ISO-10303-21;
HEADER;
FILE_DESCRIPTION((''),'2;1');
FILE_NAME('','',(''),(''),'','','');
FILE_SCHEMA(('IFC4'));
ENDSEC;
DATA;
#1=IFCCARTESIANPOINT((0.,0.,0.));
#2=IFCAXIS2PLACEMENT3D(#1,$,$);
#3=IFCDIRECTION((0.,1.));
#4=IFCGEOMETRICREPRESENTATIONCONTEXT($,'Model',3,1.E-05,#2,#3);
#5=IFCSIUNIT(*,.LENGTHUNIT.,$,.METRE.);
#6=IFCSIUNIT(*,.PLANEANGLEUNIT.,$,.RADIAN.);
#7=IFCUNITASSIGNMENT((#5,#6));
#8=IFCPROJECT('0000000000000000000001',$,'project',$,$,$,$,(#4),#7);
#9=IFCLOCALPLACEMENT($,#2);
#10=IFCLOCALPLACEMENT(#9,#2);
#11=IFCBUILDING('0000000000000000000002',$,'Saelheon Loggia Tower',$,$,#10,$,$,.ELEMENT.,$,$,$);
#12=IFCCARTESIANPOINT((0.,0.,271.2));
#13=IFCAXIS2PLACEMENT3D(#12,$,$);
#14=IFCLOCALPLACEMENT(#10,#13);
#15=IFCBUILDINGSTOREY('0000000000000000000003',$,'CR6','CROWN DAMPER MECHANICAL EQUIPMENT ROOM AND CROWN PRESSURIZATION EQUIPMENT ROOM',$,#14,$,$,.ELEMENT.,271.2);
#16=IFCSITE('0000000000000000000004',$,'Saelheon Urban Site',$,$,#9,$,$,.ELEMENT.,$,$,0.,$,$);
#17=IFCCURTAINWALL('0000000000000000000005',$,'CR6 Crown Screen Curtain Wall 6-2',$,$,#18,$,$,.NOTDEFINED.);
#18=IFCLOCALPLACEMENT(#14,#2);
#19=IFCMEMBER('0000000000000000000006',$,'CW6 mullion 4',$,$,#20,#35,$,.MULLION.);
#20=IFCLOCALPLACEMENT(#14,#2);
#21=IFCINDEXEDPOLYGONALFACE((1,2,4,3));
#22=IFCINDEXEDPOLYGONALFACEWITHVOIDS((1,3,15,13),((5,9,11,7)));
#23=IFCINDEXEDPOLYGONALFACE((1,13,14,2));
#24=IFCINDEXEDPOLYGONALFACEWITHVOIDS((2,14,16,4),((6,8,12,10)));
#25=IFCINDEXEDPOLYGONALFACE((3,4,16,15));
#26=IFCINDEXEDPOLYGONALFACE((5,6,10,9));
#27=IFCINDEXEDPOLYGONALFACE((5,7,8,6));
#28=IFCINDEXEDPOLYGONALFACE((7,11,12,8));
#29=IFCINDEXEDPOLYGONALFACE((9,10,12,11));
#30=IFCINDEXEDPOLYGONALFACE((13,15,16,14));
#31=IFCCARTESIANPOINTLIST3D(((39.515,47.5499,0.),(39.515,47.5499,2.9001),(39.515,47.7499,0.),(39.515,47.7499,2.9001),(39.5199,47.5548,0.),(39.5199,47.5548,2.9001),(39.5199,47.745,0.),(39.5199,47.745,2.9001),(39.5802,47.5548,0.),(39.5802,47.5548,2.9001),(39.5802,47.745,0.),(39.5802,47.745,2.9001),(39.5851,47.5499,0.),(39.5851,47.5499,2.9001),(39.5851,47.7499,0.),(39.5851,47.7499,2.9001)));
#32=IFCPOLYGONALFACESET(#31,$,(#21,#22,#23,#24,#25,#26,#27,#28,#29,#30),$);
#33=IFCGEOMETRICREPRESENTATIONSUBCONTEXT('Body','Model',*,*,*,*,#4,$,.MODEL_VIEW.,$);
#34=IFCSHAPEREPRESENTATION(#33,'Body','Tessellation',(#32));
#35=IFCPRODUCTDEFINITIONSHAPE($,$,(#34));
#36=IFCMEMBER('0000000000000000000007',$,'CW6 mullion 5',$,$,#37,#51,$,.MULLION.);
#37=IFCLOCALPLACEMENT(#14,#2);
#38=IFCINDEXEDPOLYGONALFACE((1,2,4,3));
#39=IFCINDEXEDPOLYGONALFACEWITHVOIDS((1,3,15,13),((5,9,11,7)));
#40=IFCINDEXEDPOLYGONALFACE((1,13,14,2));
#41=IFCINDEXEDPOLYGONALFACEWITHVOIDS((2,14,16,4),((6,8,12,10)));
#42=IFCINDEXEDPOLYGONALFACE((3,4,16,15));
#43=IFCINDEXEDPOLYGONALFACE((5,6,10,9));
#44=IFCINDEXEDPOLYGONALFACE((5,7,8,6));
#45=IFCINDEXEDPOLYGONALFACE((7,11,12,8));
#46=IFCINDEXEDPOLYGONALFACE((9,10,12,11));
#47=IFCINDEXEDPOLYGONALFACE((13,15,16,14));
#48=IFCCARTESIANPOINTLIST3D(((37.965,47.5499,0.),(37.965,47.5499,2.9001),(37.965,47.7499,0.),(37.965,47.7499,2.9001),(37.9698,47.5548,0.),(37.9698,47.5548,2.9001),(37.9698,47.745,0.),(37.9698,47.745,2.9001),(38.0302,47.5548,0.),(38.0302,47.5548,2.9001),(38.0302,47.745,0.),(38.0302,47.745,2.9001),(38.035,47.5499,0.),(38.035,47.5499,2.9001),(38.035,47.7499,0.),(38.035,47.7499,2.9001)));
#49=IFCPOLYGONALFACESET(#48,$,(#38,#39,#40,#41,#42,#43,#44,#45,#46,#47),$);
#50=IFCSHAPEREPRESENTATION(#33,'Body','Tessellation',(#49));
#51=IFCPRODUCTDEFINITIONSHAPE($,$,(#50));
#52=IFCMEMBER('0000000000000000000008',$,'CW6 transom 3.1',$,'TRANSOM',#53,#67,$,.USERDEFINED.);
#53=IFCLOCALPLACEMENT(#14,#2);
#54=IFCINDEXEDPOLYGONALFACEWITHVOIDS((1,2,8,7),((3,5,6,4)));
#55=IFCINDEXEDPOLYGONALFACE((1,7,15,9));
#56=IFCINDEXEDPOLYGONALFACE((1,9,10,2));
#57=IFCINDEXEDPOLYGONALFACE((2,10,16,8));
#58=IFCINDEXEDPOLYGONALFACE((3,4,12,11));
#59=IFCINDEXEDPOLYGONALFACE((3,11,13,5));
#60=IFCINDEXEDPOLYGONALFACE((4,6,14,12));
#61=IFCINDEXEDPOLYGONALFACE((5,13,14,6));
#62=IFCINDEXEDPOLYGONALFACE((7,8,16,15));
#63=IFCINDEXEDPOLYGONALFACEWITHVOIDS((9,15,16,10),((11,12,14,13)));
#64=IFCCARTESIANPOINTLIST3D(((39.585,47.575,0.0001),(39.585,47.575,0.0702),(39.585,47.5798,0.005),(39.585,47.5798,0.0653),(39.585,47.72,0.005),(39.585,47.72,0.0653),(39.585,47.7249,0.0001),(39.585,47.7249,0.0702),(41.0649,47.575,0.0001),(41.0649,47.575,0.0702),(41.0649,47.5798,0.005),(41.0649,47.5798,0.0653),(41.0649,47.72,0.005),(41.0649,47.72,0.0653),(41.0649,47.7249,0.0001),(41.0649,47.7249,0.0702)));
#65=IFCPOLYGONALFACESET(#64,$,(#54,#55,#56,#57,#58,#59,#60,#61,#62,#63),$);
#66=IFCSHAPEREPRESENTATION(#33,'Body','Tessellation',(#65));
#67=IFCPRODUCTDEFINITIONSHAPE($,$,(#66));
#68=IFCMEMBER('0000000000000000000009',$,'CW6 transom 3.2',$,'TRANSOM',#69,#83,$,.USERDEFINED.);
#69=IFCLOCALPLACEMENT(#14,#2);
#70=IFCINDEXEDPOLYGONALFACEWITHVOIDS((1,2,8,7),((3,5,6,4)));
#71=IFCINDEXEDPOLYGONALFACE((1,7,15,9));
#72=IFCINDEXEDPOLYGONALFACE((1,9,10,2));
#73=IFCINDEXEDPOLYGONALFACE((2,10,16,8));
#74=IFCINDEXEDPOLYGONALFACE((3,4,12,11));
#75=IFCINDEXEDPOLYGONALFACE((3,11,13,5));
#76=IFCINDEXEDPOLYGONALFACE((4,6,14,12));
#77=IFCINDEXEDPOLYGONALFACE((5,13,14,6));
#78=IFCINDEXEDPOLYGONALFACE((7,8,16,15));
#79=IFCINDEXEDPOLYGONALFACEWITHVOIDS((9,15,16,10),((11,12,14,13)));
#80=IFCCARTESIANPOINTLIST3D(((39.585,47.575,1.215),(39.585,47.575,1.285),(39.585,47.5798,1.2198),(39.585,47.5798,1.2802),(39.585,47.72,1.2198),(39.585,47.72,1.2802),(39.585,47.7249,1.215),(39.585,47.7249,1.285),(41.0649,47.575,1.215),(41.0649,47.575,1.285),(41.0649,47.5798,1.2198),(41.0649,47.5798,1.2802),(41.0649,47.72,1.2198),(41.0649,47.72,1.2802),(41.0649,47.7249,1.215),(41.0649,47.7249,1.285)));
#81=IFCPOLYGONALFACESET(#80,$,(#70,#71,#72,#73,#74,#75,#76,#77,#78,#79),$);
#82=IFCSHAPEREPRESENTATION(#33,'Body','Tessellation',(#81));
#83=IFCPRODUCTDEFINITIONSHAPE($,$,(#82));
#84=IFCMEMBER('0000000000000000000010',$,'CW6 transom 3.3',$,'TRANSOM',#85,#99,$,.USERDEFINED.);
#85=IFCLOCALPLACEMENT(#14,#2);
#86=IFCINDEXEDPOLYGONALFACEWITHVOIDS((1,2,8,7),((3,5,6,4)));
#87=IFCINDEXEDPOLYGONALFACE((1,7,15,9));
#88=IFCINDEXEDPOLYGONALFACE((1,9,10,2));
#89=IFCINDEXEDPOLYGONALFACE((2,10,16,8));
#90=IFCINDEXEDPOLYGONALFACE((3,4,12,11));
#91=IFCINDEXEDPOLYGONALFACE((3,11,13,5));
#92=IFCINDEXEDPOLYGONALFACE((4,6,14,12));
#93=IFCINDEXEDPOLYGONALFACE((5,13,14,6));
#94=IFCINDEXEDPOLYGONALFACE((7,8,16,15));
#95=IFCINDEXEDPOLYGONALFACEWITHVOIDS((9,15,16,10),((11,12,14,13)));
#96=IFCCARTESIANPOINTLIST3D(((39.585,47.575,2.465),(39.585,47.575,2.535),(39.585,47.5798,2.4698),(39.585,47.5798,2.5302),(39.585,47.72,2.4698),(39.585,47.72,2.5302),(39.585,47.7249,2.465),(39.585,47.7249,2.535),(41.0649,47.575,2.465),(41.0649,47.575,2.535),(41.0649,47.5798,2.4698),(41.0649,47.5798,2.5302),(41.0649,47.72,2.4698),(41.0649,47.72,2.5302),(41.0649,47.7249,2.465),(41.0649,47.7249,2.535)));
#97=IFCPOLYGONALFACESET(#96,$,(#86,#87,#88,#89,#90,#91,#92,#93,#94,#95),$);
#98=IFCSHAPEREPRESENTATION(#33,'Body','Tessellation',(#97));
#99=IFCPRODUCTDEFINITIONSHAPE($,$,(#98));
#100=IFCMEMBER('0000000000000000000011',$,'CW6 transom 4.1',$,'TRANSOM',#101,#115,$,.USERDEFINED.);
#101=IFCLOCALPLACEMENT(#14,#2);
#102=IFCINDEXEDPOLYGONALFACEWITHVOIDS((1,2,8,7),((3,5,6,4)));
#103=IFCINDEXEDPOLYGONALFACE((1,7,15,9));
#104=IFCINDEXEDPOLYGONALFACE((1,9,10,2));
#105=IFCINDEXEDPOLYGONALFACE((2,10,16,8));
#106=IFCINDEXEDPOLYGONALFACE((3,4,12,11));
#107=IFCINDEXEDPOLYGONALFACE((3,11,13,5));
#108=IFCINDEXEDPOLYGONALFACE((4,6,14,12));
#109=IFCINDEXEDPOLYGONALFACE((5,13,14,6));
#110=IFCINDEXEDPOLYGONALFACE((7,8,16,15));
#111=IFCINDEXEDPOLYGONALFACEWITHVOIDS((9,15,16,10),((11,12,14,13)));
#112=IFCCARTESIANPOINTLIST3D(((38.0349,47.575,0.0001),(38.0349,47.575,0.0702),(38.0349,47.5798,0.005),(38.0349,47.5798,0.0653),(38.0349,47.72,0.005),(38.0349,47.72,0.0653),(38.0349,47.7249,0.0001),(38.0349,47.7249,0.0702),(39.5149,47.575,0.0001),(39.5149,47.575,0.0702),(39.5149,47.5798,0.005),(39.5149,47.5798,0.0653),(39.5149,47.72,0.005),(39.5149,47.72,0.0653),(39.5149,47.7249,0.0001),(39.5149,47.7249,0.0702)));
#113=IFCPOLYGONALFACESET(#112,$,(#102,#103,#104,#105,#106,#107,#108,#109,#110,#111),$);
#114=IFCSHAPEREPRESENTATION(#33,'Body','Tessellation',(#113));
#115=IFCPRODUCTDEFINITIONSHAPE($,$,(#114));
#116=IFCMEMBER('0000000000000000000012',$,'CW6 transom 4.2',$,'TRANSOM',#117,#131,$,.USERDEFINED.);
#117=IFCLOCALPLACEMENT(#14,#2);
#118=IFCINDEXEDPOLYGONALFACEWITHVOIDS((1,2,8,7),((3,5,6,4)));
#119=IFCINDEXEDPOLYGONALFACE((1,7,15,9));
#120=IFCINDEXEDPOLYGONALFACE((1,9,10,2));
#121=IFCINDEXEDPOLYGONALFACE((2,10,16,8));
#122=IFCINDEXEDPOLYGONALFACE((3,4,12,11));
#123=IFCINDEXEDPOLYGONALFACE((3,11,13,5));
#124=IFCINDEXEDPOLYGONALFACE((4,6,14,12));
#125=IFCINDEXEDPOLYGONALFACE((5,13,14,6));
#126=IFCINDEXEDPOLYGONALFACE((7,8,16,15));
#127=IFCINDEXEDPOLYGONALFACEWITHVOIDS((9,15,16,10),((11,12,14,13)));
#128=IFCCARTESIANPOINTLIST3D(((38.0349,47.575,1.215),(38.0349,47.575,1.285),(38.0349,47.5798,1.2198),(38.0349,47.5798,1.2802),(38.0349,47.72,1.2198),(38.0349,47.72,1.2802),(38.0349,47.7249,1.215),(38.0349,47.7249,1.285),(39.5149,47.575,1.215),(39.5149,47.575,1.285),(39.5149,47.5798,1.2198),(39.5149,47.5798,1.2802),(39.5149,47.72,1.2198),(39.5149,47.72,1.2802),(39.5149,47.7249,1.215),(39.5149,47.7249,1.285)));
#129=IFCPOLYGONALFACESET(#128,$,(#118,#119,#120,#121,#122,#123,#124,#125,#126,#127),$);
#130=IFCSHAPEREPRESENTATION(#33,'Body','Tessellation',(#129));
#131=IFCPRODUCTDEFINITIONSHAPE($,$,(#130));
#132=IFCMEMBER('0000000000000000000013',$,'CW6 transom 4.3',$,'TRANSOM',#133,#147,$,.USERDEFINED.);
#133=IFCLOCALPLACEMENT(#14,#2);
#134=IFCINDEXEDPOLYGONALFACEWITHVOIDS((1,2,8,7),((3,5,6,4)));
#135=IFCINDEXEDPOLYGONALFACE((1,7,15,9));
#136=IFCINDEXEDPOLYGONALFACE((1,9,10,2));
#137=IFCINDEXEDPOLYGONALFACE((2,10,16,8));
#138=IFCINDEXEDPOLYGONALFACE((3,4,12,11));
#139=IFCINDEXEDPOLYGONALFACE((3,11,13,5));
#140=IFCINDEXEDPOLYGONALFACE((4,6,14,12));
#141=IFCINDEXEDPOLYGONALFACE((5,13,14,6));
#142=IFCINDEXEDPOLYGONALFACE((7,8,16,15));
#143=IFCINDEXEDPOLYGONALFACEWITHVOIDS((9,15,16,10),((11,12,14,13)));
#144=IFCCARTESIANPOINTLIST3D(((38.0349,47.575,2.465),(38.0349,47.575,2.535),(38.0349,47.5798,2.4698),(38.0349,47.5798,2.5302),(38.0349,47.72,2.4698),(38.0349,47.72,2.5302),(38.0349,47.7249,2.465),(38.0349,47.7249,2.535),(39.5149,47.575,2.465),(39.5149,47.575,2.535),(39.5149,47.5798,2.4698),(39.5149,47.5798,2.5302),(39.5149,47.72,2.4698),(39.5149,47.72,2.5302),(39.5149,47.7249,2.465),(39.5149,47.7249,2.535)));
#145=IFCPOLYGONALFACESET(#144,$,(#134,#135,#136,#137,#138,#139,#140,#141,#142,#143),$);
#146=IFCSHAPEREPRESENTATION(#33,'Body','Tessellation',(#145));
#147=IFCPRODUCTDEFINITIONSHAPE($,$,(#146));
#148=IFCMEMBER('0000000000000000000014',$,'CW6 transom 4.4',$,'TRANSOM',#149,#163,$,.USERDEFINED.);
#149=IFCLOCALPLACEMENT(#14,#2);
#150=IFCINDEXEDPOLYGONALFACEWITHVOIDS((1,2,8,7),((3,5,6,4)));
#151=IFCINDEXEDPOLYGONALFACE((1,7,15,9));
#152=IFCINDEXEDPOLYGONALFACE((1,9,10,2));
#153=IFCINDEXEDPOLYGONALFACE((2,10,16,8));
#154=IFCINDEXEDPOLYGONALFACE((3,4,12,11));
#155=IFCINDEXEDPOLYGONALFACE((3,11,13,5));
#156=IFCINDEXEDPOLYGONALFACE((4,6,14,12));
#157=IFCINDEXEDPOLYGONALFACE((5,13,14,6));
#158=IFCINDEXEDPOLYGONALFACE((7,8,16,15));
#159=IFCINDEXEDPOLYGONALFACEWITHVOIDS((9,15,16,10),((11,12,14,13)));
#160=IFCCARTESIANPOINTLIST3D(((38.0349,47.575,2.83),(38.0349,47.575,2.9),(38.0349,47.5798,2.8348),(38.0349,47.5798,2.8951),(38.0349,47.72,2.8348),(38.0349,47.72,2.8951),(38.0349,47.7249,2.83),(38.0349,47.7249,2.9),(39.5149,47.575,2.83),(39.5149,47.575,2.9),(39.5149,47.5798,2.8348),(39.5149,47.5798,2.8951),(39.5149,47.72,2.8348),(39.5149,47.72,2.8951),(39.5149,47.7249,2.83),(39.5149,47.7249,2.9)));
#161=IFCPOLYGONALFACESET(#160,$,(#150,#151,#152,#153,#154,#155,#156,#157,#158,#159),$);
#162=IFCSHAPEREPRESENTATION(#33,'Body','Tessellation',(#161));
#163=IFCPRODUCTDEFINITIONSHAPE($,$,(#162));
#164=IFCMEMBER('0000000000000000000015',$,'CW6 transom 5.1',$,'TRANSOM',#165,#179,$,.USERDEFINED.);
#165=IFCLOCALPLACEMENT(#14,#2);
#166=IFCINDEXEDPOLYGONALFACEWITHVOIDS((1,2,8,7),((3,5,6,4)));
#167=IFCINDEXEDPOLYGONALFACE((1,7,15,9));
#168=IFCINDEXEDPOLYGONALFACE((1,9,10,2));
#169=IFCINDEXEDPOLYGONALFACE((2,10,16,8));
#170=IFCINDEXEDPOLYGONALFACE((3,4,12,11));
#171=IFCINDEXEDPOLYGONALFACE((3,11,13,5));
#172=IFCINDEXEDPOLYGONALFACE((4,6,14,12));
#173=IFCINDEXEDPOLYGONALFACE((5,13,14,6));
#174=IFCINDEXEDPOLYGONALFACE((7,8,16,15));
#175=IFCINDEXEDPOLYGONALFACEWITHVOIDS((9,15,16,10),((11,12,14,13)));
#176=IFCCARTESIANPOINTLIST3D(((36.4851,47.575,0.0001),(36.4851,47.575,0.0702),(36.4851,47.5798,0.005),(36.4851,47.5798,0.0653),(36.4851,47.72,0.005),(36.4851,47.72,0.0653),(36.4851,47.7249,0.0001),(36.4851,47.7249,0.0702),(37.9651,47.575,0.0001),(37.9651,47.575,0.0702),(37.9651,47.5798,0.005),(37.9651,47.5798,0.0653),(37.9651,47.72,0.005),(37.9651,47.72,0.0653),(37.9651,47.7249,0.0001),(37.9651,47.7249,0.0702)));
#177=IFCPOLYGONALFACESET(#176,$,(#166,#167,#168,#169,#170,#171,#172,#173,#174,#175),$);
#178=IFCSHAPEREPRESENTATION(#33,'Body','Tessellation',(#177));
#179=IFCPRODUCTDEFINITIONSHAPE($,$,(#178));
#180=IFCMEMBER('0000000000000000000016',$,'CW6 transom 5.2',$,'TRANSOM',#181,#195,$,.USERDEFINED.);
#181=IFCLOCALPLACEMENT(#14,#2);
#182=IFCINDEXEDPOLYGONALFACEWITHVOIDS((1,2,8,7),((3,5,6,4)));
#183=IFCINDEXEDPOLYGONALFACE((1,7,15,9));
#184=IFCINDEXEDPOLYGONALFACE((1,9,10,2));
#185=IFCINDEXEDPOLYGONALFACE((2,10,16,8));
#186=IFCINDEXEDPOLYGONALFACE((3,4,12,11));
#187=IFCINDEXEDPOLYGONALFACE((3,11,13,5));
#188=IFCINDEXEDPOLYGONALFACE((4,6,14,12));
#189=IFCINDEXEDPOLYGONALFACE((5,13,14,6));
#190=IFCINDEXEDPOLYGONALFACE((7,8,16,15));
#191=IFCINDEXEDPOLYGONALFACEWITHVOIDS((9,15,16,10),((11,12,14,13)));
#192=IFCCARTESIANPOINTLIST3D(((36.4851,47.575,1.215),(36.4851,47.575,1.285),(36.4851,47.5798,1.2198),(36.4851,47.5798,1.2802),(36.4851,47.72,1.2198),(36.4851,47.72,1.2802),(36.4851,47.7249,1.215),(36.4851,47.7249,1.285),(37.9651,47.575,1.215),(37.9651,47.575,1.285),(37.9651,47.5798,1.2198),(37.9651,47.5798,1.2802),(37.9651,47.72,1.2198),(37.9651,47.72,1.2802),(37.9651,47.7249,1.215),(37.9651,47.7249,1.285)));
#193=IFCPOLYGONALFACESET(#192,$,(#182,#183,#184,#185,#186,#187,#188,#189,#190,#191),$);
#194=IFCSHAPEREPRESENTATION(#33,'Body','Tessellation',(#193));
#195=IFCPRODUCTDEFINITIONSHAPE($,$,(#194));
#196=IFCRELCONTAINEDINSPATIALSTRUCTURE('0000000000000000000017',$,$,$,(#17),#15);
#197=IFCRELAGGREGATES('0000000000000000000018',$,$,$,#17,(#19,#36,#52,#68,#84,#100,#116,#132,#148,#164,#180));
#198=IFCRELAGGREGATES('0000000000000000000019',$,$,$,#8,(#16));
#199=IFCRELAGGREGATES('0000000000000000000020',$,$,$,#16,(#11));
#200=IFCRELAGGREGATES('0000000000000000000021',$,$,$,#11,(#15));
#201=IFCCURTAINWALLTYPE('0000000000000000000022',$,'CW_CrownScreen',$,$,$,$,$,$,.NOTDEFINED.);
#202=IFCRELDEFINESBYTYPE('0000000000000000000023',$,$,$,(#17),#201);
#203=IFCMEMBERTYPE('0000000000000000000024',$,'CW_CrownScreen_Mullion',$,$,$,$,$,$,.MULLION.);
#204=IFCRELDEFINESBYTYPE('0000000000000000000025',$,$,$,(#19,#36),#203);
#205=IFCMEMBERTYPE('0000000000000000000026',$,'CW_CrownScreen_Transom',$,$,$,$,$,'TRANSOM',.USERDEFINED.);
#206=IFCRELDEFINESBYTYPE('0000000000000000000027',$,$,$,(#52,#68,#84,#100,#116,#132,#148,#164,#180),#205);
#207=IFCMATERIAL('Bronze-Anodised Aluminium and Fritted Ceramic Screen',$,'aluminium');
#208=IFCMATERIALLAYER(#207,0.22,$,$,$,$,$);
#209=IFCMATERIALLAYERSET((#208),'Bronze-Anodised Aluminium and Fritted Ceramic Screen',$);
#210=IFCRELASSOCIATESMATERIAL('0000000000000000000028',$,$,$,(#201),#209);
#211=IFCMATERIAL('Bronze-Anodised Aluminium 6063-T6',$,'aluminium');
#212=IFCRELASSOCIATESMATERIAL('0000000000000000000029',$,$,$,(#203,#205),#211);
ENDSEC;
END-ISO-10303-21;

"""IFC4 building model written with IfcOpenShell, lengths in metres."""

from ifc_helpers import new_model, si_unit, direction, frame, origin, origin_2d, place, context, subcontext, project, spatial, hollow_rectangle, extrude, source, transform, mapped, material, layer, layer_set, material_profile, profile_set, type_object, element, aggregate, save


model = new_model("IFC4")

# Units and contexts
model_context = context("Model", 3, precision=1e-05, world=origin(), true_north=direction((0.0, 1.0)))
body_context = subcontext(model_context, "Body", "Model", "MODEL_VIEW")
ifc_project = project(units=[si_unit("LENGTHUNIT", "METRE"), si_unit("PLANEANGLEUNIT", "RADIAN")], contexts=[model_context])

# Site, building, storey
site_placement = place(None, origin())
site = spatial("IfcSite", under=ifc_project, at=site_placement, Name="Saelheon Urban Site", CompositionType="ELEMENT", RefElevation=0.0)
building_placement = place(site_placement, origin())
building = spatial("IfcBuilding", under=site, at=building_placement, Name="Saelheon Loggia Tower", CompositionType="ELEMENT")
storey_placement = place(building_placement, frame((0.0, 0.0, 271.2)))
storey = spatial("IfcBuildingStorey", under=building, at=storey_placement, Name="CR6", Description="CROWN DAMPER MECHANICAL EQUIPMENT ROOM AND CROWN PRESSURIZATION EQUIPMENT ROOM", CompositionType="ELEMENT", Elevation=271.2)

# Curtain wall, members
ifc_material_1 = material(Name="Bronze-Anodised Aluminium and Fritted Ceramic Screen", Category="aluminium")
ifc_layer_1 = layer(ifc_material_1, 0.22)
ifc_layer_set_1 = layer_set([ifc_layer_1], Name="Bronze-Anodised Aluminium and Fritted Ceramic Screen")
curtain_wall_type = type_object("IfcCurtainWallType", Name="CW_CrownScreen", PredefinedType="NOTDEFINED", material=ifc_layer_set_1)
curtain_wall_placement = place(storey_placement, origin())
curtain_wall = element("IfcCurtainWall", 1, at=curtain_wall_placement, inside=storey, type_object=curtain_wall_type, Name="CR6 Crown Screen Curtain Wall 6-2", PredefinedType="NOTDEFINED")
ifc_material_2 = material(Name="Bronze-Anodised Aluminium 6063-T6", Category="aluminium")
ifc_material_profile_1 = material_profile(ifc_material_2, hollow_rectangle(XDim=0.0701, YDim=0.2, WallThickness=0.0049, at=origin_2d()), Name="RHS-200x70x5")
ifc_profile_set_1 = profile_set([ifc_material_profile_1], Name="Bronze-Anodised Aluminium 6063-T6")
member_type_1 = type_object("IfcMemberType", Name="CW_CrownScreen_Mullion", PredefinedType="MULLION", material=ifc_profile_set_1)
shared_shape_1 = source(origin(), body_context, "Body", "SweptSolid", [
    extrude(hollow_rectangle(XDim=0.0701, YDim=0.2, WallThickness=0.0049, at=origin_2d()), origin(), (0.0, 0.0, 1.0), 2.9001),
])
member_1_placement = place(storey_placement, frame((39.55, 47.6499, 0.0), z_axis=(0.0, 0.0, 1.0), x_axis=(-1.0, 0.0, 0.0)))
member_1 = element("IfcMember", 2, at=member_1_placement, type_object=member_type_1, Name="CW6 mullion 4", PredefinedType="MULLION", context=body_context, shape_type="MappedRepresentation", body=[
    mapped(shared_shape_1, transform((0.0, 0.0, 0.0), scale=1.0)),
])
member_2_placement = place(storey_placement, frame((38.0, 47.6499, 0.0), z_axis=(0.0, 0.0, 1.0), x_axis=(-1.0, 0.0, 0.0)))
member_2 = element("IfcMember", 3, at=member_2_placement, type_object=member_type_1, Name="CW6 mullion 5", PredefinedType="MULLION", context=body_context, shape_type="MappedRepresentation", body=[
    mapped(shared_shape_1, transform((0.0, 0.0, 0.0), scale=1.0)),
])
ifc_material_profile_2 = material_profile(ifc_material_2, hollow_rectangle(XDim=0.0701, YDim=0.1499, WallThickness=0.0049, at=origin_2d()), Name="RHS-150x70x5")
ifc_profile_set_2 = profile_set([ifc_material_profile_2], Name="Bronze-Anodised Aluminium 6063-T6")
member_type_2 = type_object("IfcMemberType", Name="CW_CrownScreen_Transom", ElementType="TRANSOM", PredefinedType="USERDEFINED", material=ifc_profile_set_2)
shared_shape_2 = source(origin(), body_context, "Body", "SweptSolid", [
    extrude(hollow_rectangle(XDim=0.0701, YDim=0.1499, WallThickness=0.0049, at=origin_2d()), origin(), (0.0, 0.0, 1.0), 1.48),
])
member_3_placement = place(storey_placement, frame((41.0649, 47.6499, 0.0352), z_axis=(-1.0, 0.0, 0.0), x_axis=(0.0, 0.0, 1.0)))
member_3 = element("IfcMember", 4, at=member_3_placement, type_object=member_type_2, Name="CW6 transom 3.1", ObjectType="TRANSOM", PredefinedType="USERDEFINED", context=body_context, shape_type="MappedRepresentation", body=[
    mapped(shared_shape_2, transform((0.0, 0.0, 0.0), scale=1.0)),
])
member_4_placement = place(storey_placement, frame((41.0649, 47.6499, 1.25), z_axis=(-1.0, 0.0, 0.0), x_axis=(0.0, 0.0, 1.0)))
member_4 = element("IfcMember", 5, at=member_4_placement, type_object=member_type_2, Name="CW6 transom 3.2", ObjectType="TRANSOM", PredefinedType="USERDEFINED", context=body_context, shape_type="MappedRepresentation", body=[
    mapped(shared_shape_2, transform((0.0, 0.0, 0.0), scale=1.0)),
])
member_5_placement = place(storey_placement, frame((41.0649, 47.6499, 2.5), z_axis=(-1.0, 0.0, 0.0), x_axis=(0.0, 0.0, 1.0)))
member_5 = element("IfcMember", 6, at=member_5_placement, type_object=member_type_2, Name="CW6 transom 3.3", ObjectType="TRANSOM", PredefinedType="USERDEFINED", context=body_context, shape_type="MappedRepresentation", body=[
    mapped(shared_shape_2, transform((0.0, 0.0, 0.0), scale=1.0)),
])
member_6_placement = place(storey_placement, frame((39.5149, 47.6499, 0.0352), z_axis=(-1.0, 0.0, 0.0), x_axis=(0.0, 0.0, 1.0)))
member_6 = element("IfcMember", 7, at=member_6_placement, type_object=member_type_2, Name="CW6 transom 4.1", ObjectType="TRANSOM", PredefinedType="USERDEFINED", context=body_context, shape_type="MappedRepresentation", body=[
    mapped(shared_shape_2, transform((0.0, 0.0, 0.0), scale=1.0)),
])
member_7_placement = place(storey_placement, frame((39.5149, 47.6499, 1.25), z_axis=(-1.0, 0.0, 0.0), x_axis=(0.0, 0.0, 1.0)))
member_7 = element("IfcMember", 8, at=member_7_placement, type_object=member_type_2, Name="CW6 transom 4.2", ObjectType="TRANSOM", PredefinedType="USERDEFINED", context=body_context, shape_type="MappedRepresentation", body=[
    mapped(shared_shape_2, transform((0.0, 0.0, 0.0), scale=1.0)),
])
member_8_placement = place(storey_placement, frame((39.5149, 47.6499, 2.5), z_axis=(-1.0, 0.0, 0.0), x_axis=(0.0, 0.0, 1.0)))
member_8 = element("IfcMember", 9, at=member_8_placement, type_object=member_type_2, Name="CW6 transom 4.3", ObjectType="TRANSOM", PredefinedType="USERDEFINED", context=body_context, shape_type="MappedRepresentation", body=[
    mapped(shared_shape_2, transform((0.0, 0.0, 0.0), scale=1.0)),
])
member_9_placement = place(storey_placement, frame((39.5149, 47.6499, 2.865), z_axis=(-1.0, 0.0, 0.0), x_axis=(0.0, 0.0, 1.0)))
member_9 = element("IfcMember", 10, at=member_9_placement, type_object=member_type_2, Name="CW6 transom 4.4", ObjectType="TRANSOM", PredefinedType="USERDEFINED", context=body_context, shape_type="MappedRepresentation", body=[
    mapped(shared_shape_2, transform((0.0, 0.0, 0.0), scale=1.0)),
])
member_10_placement = place(storey_placement, frame((37.9651, 47.6499, 0.0352), z_axis=(-1.0, 0.0, 0.0), x_axis=(0.0, 0.0, 1.0)))
member_10 = element("IfcMember", 11, at=member_10_placement, type_object=member_type_2, Name="CW6 transom 5.1", ObjectType="TRANSOM", PredefinedType="USERDEFINED", context=body_context, shape_type="MappedRepresentation", body=[
    mapped(shared_shape_2, transform((0.0, 0.0, 0.0), scale=1.0)),
])
member_11_placement = place(storey_placement, frame((37.9651, 47.6499, 1.25), z_axis=(-1.0, 0.0, 0.0), x_axis=(0.0, 0.0, 1.0)))
member_11 = element("IfcMember", 12, at=member_11_placement, type_object=member_type_2, Name="CW6 transom 5.2", ObjectType="TRANSOM", PredefinedType="USERDEFINED", context=body_context, shape_type="MappedRepresentation", body=[
    mapped(shared_shape_2, transform((0.0, 0.0, 0.0), scale=1.0)),
])
aggregate(curtain_wall, [member_1, member_2, member_3, member_4, member_5, member_6, member_7, member_8, member_9, member_10, member_11])

save(model, "model.ifc")
